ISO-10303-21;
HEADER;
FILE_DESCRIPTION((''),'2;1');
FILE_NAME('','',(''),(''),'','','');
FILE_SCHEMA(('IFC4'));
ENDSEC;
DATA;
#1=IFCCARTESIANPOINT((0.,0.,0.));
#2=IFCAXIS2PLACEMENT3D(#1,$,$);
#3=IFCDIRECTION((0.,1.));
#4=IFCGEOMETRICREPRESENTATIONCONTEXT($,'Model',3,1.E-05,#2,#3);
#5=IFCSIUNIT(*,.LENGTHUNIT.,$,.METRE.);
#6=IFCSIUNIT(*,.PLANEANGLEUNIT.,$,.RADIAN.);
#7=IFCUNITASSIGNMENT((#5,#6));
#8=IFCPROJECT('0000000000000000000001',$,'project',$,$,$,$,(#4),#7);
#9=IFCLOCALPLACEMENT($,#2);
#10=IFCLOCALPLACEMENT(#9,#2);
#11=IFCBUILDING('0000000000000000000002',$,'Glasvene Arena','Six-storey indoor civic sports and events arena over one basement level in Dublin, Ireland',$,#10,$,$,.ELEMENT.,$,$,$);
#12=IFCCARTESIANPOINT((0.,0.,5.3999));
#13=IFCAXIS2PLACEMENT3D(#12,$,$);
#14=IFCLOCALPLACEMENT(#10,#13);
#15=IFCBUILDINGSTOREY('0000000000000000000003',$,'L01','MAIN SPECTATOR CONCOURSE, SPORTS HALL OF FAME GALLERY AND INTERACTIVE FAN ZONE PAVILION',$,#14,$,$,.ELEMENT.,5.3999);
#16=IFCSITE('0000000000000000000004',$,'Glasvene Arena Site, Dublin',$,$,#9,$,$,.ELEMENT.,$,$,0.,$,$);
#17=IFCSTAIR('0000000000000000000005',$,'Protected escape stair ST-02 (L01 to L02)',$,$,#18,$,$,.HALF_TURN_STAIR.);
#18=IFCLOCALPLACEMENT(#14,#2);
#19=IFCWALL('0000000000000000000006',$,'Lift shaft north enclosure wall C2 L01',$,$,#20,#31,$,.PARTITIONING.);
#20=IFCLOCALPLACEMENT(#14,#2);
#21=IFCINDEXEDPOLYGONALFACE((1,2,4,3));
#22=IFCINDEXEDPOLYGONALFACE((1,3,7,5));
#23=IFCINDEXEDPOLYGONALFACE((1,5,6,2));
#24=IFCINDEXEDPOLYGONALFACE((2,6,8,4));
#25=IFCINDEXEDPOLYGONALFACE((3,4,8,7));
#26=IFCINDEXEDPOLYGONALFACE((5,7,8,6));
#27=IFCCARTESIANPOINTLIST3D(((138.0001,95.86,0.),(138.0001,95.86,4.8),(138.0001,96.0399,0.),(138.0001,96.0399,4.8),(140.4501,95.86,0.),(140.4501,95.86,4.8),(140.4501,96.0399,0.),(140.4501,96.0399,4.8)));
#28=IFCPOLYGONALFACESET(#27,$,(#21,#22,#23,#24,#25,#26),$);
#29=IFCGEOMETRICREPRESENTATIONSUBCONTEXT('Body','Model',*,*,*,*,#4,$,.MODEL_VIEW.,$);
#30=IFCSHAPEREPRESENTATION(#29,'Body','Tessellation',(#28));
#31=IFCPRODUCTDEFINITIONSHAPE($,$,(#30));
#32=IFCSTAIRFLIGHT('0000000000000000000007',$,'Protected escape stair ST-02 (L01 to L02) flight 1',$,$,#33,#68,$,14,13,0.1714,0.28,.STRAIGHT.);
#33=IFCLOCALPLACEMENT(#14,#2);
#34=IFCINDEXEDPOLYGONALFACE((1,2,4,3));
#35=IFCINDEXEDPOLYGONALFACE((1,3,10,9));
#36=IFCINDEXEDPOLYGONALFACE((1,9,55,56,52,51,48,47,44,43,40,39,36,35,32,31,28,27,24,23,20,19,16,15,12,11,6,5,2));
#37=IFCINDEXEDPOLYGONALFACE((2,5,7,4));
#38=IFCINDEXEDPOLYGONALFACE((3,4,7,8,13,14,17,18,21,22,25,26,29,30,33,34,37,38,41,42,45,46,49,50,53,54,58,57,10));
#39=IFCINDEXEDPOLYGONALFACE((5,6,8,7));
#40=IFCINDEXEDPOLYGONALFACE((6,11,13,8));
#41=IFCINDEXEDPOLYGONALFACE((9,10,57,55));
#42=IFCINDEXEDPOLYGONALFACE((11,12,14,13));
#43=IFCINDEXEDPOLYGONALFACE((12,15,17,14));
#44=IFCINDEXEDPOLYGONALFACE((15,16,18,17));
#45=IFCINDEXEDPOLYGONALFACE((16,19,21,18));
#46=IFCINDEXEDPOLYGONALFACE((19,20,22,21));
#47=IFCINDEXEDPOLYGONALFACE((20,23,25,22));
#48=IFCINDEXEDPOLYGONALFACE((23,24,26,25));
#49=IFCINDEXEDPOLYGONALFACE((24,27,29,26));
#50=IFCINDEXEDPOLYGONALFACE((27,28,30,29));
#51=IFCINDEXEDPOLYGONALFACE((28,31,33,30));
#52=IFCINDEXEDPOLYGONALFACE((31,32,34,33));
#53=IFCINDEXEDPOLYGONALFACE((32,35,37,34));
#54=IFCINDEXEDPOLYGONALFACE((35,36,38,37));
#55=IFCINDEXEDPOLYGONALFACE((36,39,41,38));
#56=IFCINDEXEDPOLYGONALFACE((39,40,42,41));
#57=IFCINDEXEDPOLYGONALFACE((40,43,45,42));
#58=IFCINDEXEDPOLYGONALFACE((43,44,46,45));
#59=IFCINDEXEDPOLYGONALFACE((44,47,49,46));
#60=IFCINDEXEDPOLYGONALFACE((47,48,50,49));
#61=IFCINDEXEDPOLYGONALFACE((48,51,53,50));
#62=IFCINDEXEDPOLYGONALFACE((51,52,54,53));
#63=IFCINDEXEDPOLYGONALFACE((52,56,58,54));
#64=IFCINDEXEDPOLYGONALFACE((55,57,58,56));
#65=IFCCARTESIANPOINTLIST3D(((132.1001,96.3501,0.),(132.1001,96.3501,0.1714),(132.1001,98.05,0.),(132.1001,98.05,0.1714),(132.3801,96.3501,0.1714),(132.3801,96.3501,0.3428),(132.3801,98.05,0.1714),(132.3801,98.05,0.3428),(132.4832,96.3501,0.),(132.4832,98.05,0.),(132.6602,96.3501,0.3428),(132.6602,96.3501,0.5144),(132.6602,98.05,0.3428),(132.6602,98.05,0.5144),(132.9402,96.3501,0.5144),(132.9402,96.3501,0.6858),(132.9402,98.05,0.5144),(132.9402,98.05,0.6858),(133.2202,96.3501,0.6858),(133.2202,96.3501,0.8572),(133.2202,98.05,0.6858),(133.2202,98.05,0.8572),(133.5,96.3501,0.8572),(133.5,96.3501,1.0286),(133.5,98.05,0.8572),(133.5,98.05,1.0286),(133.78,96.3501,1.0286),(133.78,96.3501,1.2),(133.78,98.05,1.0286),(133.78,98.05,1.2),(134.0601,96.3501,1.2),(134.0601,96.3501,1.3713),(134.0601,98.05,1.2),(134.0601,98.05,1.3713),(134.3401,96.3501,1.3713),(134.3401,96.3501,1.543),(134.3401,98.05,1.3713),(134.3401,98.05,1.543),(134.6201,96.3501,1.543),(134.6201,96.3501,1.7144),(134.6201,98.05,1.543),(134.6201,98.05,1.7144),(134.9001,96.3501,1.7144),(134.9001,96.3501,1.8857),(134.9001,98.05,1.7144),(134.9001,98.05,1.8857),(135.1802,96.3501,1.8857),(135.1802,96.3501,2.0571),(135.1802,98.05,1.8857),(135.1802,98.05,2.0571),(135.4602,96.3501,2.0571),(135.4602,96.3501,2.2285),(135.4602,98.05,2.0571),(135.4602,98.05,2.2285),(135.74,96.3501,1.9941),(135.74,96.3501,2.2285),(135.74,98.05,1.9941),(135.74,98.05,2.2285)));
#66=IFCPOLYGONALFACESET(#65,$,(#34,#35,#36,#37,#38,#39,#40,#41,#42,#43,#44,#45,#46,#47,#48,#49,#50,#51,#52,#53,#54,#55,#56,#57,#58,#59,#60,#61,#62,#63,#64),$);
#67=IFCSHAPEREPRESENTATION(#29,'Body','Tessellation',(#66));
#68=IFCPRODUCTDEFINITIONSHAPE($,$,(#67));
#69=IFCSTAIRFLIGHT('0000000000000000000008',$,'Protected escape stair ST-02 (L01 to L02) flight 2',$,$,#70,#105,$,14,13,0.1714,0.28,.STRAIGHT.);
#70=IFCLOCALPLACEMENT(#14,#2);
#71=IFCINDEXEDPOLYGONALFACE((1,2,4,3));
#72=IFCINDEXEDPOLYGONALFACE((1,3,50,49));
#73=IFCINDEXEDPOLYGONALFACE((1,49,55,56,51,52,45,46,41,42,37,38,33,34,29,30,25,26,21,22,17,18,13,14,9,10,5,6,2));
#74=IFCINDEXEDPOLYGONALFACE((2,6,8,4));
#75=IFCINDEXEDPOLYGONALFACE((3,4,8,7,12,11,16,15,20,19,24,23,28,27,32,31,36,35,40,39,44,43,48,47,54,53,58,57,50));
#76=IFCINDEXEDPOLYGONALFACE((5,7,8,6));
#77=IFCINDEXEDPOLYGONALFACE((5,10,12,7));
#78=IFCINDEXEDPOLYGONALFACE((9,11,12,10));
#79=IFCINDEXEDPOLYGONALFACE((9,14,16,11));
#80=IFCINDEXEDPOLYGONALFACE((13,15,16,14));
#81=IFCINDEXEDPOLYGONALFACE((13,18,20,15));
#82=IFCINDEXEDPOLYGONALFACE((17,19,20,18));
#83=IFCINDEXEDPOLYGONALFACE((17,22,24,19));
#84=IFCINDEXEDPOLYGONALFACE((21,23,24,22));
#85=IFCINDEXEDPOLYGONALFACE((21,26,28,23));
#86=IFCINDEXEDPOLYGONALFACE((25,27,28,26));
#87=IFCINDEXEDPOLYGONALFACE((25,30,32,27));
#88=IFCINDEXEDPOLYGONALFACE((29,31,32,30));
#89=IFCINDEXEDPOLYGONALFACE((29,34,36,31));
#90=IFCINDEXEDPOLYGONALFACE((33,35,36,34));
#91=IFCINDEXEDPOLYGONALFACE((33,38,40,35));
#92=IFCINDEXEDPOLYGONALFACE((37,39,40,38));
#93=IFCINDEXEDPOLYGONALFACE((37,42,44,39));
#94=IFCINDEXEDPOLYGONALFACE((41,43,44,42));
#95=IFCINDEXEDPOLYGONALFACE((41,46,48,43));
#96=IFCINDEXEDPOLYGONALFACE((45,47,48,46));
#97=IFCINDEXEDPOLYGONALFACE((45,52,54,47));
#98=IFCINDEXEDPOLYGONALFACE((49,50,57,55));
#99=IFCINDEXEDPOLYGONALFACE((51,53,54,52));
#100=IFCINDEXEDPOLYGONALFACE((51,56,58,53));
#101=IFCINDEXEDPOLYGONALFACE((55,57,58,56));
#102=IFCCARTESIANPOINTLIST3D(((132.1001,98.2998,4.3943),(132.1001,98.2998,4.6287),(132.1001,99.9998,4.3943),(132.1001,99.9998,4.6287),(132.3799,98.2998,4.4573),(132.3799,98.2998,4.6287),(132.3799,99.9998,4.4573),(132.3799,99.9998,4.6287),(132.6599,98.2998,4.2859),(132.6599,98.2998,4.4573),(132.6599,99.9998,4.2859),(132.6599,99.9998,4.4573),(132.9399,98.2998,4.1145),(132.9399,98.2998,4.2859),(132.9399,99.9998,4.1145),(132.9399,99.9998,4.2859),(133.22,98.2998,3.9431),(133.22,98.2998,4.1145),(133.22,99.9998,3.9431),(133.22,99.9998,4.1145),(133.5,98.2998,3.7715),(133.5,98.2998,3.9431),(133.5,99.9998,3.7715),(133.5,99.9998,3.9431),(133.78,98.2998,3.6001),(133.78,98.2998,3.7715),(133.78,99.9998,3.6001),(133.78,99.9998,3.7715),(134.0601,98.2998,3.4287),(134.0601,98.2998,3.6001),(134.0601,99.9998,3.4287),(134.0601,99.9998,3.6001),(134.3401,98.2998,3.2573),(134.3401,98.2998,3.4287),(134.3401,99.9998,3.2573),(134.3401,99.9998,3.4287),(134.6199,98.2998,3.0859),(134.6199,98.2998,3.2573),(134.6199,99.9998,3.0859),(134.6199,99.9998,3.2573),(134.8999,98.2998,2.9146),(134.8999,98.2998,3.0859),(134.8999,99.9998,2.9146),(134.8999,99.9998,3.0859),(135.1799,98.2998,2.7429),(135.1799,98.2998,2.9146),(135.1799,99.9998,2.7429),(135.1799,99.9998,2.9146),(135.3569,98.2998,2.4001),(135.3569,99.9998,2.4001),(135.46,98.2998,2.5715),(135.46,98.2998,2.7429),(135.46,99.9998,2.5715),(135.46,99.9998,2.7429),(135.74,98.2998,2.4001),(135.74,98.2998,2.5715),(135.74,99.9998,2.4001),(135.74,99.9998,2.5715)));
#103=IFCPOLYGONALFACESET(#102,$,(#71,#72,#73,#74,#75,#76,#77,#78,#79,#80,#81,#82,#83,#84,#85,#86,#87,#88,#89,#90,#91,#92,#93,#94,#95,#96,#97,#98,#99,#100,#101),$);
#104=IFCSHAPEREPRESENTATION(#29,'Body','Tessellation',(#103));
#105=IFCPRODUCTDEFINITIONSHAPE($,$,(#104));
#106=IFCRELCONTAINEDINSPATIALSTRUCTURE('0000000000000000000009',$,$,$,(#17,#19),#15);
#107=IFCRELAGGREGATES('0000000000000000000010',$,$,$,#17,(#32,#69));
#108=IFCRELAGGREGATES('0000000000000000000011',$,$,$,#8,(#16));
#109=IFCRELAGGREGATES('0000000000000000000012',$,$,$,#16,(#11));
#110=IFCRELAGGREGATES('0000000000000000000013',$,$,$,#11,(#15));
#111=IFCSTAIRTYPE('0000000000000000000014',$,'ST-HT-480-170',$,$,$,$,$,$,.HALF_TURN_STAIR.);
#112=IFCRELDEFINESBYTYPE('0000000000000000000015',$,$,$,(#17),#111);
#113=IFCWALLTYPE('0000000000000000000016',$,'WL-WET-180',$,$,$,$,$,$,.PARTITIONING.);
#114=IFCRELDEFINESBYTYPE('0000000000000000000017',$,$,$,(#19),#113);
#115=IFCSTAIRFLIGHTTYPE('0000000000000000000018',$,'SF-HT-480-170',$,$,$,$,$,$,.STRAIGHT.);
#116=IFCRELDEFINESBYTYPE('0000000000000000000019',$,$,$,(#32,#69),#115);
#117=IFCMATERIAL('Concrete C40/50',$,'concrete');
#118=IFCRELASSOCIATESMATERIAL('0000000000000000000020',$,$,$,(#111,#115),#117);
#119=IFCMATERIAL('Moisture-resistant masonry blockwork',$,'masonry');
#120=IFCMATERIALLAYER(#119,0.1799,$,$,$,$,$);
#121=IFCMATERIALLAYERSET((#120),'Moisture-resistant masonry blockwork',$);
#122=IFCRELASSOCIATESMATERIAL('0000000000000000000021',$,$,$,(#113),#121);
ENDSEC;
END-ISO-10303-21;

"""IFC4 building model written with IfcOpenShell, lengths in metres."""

from ifc_helpers import new_model, si_unit, direction, frame, frame_2d, origin, place, context, subcontext, project, spatial, polyline, rectangle, outline, extrude, material, layer, layer_set, type_object, element, aggregate, save


model = new_model("IFC4")

# Units and contexts
model_context = context("Model", 3, precision=1e-05, world=origin(), true_north=direction((0.0, 1.0)))
body_context = subcontext(model_context, "Body", "Model", "MODEL_VIEW")
ifc_project = project(units=[si_unit("LENGTHUNIT", "METRE"), si_unit("PLANEANGLEUNIT", "RADIAN")], contexts=[model_context])

# Site, building, storey
site_placement = place(None, origin())
site = spatial("IfcSite", under=ifc_project, at=site_placement, Name="Glasvene Arena Site, Dublin", CompositionType="ELEMENT", RefElevation=0.0)
building_placement = place(site_placement, origin())
building = spatial("IfcBuilding", under=site, at=building_placement, Name="Glasvene Arena", Description="Six-storey indoor civic sports and events arena over one basement level in Dublin, Ireland", CompositionType="ELEMENT")
storey_placement = place(building_placement, frame((0.0, 0.0, 5.3999)))
storey = spatial("IfcBuildingStorey", under=building, at=storey_placement, Name="L01", Description="MAIN SPECTATOR CONCOURSE, SPORTS HALL OF FAME GALLERY AND INTERACTIVE FAN ZONE PAVILION", CompositionType="ELEMENT", Elevation=5.3999)

# Shared definitions
ifc_material_1 = material(Name="Concrete C40/50", Category="concrete")

# Stair
stair_type = type_object("IfcStairType", Name="ST-HT-480-170", PredefinedType="HALF_TURN_STAIR", material=ifc_material_1)
stair_placement = place(storey_placement, origin())
stair = element("IfcStair", 1, at=stair_placement, inside=storey, type_object=stair_type, Name="Protected escape stair ST-02 (L01 to L02)", PredefinedType="HALF_TURN_STAIR")

# Wall
ifc_material_2 = material(Name="Moisture-resistant masonry blockwork", Category="masonry")
ifc_layer_1 = layer(ifc_material_2, 0.1799)
ifc_layer_set_1 = layer_set([ifc_layer_1], Name="Moisture-resistant masonry blockwork")
wall_type_1 = type_object("IfcWallType", Name="WL-WET-180", PredefinedType="PARTITIONING", material=ifc_layer_set_1)
wall_1_placement = place(storey_placement, frame((138.0, 95.95, 0.0), z_axis=(0.0, 0.0, 1.0), x_axis=(1.0, 0.0, 0.0)))
element("IfcWall", 2, at=wall_1_placement, inside=storey, type_object=wall_type_1, Name="Lift shaft north enclosure wall C2 L01", PredefinedType="PARTITIONING", context=body_context, shape_type="SweptSolid", body=[
    extrude(rectangle(XDim=2.45, YDim=0.1799, at=frame_2d((1.2251, 0.0))), origin(), (0.0, 0.0, 1.0), 4.8),
])

# Stair flights
stair_flight_type = type_object("IfcStairFlightType", Name="SF-HT-480-170", PredefinedType="STRAIGHT", material=ifc_material_1)
stair_flight_1_placement = place(storey_placement, frame((132.1001, 97.2, 0.0), z_axis=(0.0, 0.0, 1.0), x_axis=(1.0, 0.0, 0.0)))
stair_flight_1 = element("IfcStairFlight", 3, at=stair_flight_1_placement, type_object=stair_flight_type, Name="Protected escape stair ST-02 (L01 to L02) flight 1", NumberOfRisers=14, NumberOfTreads=13, PredefinedType="STRAIGHT", RiserHeight=0.1714, TreadLength=0.28, context=body_context, shape_type="SweptSolid", body=[
    extrude(outline(polyline([(0.0, 0.0), (0.0, 0.1714), (0.28, 0.1714), (0.28, 0.3428), (0.5601, 0.3428), (0.5601, 0.5144), (0.8401, 0.5144), (0.8401, 0.6858), (1.1201, 0.6858), (1.1201, 0.8572), (1.3999, 0.8572), (1.3999, 1.0286), (1.6799, 1.0286), (1.6799, 1.2), (1.96, 1.2), (1.96, 1.3713), (2.24, 1.3713), (2.24, 1.543), (2.52, 1.543), (2.52, 1.7144), (2.8, 1.7144), (2.8, 1.8857), (3.0801, 1.8857), (3.0801, 2.0571), (3.3601, 2.0571), (3.3601, 2.2285), (3.6399, 2.2285), (3.6399, 2.3999), (3.6399, 1.9941), (0.3831, 0.0), (0.0, 0.0)])), frame((0.0, 0.8501, 0.0), z_axis=(0.0, -1.0, 0.0), x_axis=(1.0, 0.0, 0.0)), (0.0, 0.0, 1.0), 1.7),
])
stair_flight_2_placement = place(storey_placement, frame((135.74, 99.1499, 2.4001), z_axis=(0.0, 0.0, 1.0), x_axis=(-1.0, 0.0, 0.0)))
stair_flight_2 = element("IfcStairFlight", 4, at=stair_flight_2_placement, type_object=stair_flight_type, Name="Protected escape stair ST-02 (L01 to L02) flight 2", NumberOfRisers=14, NumberOfTreads=13, PredefinedType="STRAIGHT", RiserHeight=0.1714, TreadLength=0.28, context=body_context, shape_type="SweptSolid", body=[
    extrude(outline(polyline([(0.0, 0.0), (0.0, 0.1714), (0.28, 0.1714), (0.28, 0.3428), (0.5601, 0.3428), (0.5601, 0.5144), (0.8401, 0.5144), (0.8401, 0.6858), (1.1201, 0.6858), (1.1201, 0.8572), (1.3999, 0.8572), (1.3999, 1.0286), (1.6799, 1.0286), (1.6799, 1.2), (1.96, 1.2), (1.96, 1.3713), (2.24, 1.3713), (2.24, 1.543), (2.52, 1.543), (2.52, 1.7144), (2.8, 1.7144), (2.8, 1.8857), (3.0801, 1.8857), (3.0801, 2.0571), (3.3601, 2.0571), (3.3601, 2.2285), (3.6399, 2.2285), (3.6399, 2.3999), (3.6399, 1.9941), (0.3831, 0.0), (0.0, 0.0)])), frame((0.0, 0.8501, 0.0), z_axis=(0.0, -1.0, 0.0), x_axis=(1.0, 0.0, 0.0)), (0.0, 0.0, 1.0), 1.7),
])
aggregate(stair, [stair_flight_1, stair_flight_2])

save(model, "model.ifc")
